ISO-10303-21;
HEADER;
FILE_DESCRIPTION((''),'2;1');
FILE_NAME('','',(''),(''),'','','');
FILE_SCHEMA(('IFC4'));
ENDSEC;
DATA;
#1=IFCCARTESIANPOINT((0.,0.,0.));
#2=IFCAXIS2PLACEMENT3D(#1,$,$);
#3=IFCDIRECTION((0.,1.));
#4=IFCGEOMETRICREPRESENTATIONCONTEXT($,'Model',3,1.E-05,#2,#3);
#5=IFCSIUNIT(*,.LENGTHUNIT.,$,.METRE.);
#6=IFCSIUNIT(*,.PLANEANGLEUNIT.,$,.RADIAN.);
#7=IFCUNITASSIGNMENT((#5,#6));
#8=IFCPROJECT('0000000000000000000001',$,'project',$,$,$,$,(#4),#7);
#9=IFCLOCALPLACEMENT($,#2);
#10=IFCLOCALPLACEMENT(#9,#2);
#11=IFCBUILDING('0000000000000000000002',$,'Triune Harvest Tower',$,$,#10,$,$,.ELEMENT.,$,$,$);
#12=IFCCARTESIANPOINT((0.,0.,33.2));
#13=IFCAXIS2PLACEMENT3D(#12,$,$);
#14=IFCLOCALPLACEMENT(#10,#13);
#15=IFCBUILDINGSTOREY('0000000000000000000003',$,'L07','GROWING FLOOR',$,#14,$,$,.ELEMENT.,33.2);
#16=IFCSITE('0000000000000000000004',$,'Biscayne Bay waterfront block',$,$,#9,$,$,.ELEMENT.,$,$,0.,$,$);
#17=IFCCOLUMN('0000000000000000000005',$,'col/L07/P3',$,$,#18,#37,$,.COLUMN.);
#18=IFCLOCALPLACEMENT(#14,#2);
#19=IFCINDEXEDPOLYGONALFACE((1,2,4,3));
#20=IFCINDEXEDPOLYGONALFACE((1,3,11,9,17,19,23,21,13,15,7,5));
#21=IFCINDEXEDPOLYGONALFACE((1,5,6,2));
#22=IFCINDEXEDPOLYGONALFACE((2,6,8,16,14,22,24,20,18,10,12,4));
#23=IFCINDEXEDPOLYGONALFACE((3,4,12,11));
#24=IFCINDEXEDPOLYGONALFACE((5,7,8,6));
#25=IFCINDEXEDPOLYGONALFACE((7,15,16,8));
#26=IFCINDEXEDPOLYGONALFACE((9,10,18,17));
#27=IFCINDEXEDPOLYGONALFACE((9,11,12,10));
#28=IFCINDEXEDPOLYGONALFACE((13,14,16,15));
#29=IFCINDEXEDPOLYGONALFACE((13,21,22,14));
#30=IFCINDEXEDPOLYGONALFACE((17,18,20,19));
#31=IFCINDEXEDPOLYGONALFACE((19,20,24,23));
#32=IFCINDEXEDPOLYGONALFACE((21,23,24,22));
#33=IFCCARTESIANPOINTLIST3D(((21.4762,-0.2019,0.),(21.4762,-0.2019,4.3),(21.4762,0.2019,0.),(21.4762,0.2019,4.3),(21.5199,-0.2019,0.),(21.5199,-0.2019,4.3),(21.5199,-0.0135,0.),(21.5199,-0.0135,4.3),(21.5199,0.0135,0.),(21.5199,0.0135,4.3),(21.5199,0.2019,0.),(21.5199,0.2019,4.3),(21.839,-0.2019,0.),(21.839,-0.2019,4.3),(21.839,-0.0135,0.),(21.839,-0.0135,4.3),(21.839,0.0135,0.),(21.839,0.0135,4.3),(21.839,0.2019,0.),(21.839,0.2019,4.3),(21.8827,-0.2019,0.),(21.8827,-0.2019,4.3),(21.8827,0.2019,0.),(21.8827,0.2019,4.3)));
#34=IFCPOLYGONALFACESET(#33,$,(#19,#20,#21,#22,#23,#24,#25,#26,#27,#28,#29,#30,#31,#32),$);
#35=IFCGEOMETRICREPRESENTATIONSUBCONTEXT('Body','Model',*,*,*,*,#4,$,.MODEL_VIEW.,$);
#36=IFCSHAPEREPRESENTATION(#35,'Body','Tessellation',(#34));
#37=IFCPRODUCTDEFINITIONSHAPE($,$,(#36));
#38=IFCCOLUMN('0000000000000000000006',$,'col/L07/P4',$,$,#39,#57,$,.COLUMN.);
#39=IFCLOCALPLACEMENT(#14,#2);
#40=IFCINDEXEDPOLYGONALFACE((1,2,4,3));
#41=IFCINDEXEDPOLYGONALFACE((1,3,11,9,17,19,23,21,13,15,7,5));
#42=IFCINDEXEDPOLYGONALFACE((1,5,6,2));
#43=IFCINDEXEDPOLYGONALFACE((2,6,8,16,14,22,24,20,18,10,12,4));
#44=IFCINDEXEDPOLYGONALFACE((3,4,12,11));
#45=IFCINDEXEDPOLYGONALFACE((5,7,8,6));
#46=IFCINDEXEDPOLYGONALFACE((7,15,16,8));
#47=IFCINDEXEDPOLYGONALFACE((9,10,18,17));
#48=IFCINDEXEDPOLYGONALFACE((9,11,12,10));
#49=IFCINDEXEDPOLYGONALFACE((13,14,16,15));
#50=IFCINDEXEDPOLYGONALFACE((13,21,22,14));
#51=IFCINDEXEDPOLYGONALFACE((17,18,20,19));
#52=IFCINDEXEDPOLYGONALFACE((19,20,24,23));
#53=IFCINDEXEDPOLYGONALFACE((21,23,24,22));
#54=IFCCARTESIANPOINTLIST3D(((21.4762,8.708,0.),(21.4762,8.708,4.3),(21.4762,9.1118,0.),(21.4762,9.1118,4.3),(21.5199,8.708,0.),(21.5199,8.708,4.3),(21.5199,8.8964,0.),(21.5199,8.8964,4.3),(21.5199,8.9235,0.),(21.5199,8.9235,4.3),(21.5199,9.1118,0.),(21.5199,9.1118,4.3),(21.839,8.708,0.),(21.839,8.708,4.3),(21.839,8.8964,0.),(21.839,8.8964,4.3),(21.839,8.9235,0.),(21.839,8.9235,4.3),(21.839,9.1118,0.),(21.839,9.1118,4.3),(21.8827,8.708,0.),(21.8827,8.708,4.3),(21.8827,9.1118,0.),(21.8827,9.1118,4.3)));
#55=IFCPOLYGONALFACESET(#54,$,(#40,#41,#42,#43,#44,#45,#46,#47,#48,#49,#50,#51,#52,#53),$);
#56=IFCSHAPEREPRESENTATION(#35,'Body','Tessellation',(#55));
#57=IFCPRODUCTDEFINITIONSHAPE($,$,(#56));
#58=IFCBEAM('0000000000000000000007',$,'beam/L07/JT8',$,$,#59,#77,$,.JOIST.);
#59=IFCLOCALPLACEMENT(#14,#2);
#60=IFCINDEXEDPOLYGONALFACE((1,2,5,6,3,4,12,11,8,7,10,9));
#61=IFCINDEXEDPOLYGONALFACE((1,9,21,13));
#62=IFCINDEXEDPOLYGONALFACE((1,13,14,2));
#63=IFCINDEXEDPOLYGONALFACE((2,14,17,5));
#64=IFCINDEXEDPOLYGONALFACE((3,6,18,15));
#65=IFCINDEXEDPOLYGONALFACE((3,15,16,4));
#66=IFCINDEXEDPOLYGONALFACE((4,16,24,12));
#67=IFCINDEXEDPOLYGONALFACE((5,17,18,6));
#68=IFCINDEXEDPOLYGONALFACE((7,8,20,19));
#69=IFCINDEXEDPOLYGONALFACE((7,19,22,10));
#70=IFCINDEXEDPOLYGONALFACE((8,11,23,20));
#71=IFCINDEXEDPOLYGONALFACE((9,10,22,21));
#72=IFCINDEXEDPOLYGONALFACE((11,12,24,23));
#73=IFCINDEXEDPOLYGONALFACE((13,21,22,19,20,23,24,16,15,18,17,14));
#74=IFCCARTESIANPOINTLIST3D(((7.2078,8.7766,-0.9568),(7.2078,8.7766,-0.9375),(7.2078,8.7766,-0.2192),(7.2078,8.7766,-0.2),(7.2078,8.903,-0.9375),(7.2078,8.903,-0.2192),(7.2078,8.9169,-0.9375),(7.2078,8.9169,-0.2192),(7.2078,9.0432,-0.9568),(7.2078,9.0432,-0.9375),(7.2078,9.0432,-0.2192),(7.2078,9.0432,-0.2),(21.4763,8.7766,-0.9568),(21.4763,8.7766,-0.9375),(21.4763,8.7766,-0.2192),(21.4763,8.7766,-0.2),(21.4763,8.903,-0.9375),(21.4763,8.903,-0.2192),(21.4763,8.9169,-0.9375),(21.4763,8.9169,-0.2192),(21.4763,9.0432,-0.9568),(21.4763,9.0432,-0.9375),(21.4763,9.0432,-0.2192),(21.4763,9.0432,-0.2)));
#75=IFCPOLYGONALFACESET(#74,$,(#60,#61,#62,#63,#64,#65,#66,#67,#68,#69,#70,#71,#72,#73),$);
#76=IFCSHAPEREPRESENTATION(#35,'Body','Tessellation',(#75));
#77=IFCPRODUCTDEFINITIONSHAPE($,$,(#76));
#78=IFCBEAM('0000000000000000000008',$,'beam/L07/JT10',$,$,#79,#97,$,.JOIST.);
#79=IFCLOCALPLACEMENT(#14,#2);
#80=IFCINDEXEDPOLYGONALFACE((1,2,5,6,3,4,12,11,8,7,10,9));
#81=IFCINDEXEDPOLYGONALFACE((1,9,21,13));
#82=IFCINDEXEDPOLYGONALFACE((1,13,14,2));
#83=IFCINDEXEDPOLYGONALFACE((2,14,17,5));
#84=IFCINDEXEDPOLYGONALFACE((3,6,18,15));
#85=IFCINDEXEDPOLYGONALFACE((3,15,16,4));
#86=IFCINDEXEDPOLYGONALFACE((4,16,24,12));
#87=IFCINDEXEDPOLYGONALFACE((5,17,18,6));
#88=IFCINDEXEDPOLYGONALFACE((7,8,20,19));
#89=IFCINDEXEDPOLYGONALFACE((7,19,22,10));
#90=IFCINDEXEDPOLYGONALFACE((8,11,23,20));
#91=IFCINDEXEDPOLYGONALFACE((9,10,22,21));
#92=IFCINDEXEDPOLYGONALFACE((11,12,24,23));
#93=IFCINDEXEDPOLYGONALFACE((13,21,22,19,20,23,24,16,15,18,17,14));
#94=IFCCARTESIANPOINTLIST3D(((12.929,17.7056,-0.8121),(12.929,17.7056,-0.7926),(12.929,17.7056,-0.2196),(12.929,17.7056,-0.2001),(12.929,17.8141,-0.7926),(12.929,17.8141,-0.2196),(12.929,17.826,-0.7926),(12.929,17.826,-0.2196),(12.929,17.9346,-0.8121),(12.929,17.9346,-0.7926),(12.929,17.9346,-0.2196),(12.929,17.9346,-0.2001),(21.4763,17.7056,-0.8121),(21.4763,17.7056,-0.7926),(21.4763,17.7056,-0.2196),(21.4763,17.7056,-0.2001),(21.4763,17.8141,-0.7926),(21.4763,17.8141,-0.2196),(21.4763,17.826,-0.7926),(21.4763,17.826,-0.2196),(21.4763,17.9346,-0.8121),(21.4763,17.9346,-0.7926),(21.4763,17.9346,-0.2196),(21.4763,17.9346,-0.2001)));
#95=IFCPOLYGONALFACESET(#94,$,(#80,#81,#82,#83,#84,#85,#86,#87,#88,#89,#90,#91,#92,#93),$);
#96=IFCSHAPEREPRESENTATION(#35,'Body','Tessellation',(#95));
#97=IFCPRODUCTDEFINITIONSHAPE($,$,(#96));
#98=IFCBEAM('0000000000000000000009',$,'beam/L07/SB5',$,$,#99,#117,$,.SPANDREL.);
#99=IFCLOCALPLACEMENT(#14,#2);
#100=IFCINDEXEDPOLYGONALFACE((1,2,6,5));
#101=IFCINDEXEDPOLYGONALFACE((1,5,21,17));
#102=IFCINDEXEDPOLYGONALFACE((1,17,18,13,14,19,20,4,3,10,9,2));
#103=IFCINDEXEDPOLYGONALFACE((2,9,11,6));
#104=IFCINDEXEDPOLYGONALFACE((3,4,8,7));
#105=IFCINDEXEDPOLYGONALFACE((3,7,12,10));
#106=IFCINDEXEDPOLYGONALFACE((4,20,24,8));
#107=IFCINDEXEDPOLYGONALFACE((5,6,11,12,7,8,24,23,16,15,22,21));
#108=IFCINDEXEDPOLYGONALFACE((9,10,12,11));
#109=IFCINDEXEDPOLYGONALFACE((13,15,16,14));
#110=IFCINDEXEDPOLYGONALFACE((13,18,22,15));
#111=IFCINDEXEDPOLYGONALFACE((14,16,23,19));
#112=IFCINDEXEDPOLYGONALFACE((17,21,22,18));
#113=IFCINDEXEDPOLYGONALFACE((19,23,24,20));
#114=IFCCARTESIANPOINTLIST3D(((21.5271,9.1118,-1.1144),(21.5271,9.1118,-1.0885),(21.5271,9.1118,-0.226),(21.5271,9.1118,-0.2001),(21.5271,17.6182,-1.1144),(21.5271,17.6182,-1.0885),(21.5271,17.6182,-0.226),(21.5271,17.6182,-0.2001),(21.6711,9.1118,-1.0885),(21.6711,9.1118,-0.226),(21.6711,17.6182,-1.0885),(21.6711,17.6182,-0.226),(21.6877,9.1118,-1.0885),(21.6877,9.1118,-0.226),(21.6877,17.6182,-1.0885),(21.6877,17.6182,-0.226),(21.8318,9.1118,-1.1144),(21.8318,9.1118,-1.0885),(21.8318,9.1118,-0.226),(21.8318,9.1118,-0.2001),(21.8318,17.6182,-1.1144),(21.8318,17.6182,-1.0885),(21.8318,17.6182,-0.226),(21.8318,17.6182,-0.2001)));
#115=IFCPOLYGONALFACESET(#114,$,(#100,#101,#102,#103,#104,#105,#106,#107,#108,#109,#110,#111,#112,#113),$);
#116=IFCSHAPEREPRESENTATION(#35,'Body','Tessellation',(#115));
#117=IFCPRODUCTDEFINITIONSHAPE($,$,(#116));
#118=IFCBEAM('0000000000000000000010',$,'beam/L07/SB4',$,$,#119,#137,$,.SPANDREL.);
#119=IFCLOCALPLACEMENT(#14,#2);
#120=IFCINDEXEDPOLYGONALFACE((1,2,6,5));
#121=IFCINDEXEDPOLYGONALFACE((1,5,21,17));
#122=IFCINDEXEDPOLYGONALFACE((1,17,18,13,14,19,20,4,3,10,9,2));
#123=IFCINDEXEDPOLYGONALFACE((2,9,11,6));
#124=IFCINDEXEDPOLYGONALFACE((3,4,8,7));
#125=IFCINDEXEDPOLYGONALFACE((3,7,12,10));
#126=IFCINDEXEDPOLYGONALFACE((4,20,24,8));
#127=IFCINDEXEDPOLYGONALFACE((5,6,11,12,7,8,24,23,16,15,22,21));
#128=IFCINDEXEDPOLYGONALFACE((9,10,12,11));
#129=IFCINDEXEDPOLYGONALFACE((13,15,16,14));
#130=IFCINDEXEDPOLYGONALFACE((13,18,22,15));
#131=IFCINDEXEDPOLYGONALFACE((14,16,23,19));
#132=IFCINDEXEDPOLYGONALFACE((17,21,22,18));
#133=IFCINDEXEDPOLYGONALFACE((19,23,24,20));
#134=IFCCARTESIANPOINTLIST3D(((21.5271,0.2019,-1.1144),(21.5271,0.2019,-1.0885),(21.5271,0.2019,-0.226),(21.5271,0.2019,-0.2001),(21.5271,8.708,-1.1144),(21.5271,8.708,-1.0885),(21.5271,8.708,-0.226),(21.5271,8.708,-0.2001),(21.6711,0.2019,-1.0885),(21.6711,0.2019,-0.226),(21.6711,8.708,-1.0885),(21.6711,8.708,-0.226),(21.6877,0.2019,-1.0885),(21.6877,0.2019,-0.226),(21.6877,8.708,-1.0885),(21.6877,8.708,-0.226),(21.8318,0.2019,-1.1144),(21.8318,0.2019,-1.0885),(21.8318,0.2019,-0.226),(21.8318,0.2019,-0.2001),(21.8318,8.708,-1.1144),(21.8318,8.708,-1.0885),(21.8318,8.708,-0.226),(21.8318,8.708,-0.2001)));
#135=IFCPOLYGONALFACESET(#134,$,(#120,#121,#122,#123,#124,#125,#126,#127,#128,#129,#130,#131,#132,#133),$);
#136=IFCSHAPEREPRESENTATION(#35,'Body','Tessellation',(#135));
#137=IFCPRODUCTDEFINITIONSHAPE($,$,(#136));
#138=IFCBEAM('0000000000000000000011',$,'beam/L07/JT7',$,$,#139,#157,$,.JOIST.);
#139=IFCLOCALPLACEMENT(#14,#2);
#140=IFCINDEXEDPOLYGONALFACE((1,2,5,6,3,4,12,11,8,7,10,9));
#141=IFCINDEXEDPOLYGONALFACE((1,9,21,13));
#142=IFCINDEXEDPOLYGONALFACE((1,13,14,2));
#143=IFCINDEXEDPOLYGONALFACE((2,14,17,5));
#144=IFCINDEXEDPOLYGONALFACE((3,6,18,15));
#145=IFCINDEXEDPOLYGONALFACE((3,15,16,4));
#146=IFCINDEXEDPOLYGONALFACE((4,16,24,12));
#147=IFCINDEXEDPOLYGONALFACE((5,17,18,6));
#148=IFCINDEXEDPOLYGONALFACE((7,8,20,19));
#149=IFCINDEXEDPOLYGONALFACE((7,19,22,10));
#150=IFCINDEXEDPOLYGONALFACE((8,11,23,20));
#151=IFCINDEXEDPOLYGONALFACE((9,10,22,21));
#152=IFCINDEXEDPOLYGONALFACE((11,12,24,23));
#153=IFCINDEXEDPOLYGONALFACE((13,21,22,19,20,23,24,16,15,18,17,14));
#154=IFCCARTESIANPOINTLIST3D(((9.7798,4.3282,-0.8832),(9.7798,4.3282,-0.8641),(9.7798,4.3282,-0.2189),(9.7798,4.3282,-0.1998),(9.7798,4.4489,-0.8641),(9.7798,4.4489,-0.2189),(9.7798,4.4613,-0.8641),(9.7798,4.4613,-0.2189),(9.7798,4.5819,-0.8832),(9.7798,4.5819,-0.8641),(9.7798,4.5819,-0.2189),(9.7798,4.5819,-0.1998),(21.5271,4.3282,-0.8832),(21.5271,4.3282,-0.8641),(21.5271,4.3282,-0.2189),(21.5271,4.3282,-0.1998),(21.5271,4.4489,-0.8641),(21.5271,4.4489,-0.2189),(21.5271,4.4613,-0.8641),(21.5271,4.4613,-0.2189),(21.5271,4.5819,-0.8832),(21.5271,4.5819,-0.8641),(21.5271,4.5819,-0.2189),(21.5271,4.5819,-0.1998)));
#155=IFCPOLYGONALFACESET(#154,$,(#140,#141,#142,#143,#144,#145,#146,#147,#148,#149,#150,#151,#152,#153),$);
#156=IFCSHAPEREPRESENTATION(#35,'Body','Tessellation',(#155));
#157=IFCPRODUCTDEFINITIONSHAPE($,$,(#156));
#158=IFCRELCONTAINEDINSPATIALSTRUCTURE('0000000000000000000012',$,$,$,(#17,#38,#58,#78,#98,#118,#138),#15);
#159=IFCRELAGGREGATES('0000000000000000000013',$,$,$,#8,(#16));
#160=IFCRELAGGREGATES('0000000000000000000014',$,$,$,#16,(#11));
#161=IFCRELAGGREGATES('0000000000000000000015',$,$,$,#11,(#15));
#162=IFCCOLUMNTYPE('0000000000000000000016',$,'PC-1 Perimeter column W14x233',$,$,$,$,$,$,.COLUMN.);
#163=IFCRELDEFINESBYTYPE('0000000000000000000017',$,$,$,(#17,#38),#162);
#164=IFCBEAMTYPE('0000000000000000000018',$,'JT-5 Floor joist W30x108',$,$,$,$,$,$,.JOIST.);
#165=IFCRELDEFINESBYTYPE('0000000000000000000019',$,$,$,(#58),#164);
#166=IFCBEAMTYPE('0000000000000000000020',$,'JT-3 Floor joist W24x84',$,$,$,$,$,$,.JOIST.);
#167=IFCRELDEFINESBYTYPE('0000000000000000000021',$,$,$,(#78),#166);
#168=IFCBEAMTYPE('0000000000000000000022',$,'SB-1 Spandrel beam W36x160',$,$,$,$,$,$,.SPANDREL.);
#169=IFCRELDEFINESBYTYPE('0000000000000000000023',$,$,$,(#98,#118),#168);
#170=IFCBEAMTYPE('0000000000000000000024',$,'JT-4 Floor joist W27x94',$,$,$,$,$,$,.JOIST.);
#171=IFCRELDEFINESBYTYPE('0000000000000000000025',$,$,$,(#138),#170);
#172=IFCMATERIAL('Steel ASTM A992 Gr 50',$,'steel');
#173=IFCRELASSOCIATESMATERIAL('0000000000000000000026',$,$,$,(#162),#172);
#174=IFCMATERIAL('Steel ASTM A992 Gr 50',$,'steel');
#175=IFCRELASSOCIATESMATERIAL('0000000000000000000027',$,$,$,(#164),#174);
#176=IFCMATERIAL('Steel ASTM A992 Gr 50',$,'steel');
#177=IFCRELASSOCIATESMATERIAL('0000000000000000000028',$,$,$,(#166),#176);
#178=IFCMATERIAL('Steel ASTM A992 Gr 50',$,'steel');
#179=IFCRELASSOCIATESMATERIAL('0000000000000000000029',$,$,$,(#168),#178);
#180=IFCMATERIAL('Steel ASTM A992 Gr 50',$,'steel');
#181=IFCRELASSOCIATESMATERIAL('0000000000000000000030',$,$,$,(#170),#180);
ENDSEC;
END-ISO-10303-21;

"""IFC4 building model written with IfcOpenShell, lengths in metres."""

from ifc_helpers import new_model, si_unit, direction, frame, origin, origin_2d, place, context, subcontext, project, spatial, i_section, extrude, source, transform, mapped, material, material_profile, profile_set, type_object, element, save


model = new_model("IFC4")

# Units and contexts
model_context = context("Model", 3, precision=1e-05, world=origin(), true_north=direction((0.0, 1.0)))
body_context = subcontext(model_context, "Body", "Model", "MODEL_VIEW")
ifc_project = project(units=[si_unit("LENGTHUNIT", "METRE"), si_unit("PLANEANGLEUNIT", "RADIAN")], contexts=[model_context])

# Site, building, storey
site_placement = place(None, origin())
site = spatial("IfcSite", under=ifc_project, at=site_placement, Name="Biscayne Bay waterfront block", CompositionType="ELEMENT", RefElevation=0.0)
building_placement = place(site_placement, origin())
building = spatial("IfcBuilding", under=site, at=building_placement, Name="Triune Harvest Tower", CompositionType="ELEMENT")
storey_placement = place(building_placement, frame((0.0, 0.0, 33.2)))
storey = spatial("IfcBuildingStorey", under=building, at=storey_placement, Name="L07", Description="GROWING FLOOR", CompositionType="ELEMENT", Elevation=33.2)

# Columns
ifc_material_1 = material(Name="Steel ASTM A992 Gr 50", Category="steel")
ifc_material_profile_1 = material_profile(ifc_material_1, i_section(OverallWidth=0.4038, OverallDepth=0.4065, WebThickness=0.0271, FlangeThickness=0.0437, at=origin_2d()), Name="W14x233")
ifc_profile_set_1 = profile_set([ifc_material_profile_1], Name="Steel ASTM A992 Gr 50")
column_type = type_object("IfcColumnType", Name="PC-1 Perimeter column W14x233", PredefinedType="COLUMN", material=ifc_profile_set_1)
shared_shape_1 = source(origin(), body_context, "Body", "SweptSolid", [
    extrude(i_section(OverallWidth=0.4038, OverallDepth=0.4065, WebThickness=0.0271, FlangeThickness=0.0437, at=origin_2d()), origin(), (0.0, 0.0, 1.0), 4.3),
])
for number, where, z_axis, x_axis, name in (
    (1, (21.6794, 0.0, 0.0), (0.0, 0.0, 1.0), (0.0, 1.0, 0.0), "col/L07/P3"),
    (2, (21.6794, 8.9099, 0.0), (0.0, 0.0, 1.0), (0.0, 1.0, 0.0), "col/L07/P4"),
):
    element("IfcColumn", number, at=place(storey_placement, frame(where, z_axis=z_axis, x_axis=x_axis)), inside=storey, type_object=column_type, Name=name, PredefinedType="COLUMN", context=body_context, shape_type="MappedRepresentation", body=[
        mapped(shared_shape_1, transform((0.0, 0.0, 0.0), scale=1.0)),
    ])

# Beams
ifc_material_2 = material(Name="Steel ASTM A992 Gr 50", Category="steel")
ifc_material_profile_2 = material_profile(ifc_material_2, i_section(OverallWidth=0.2666, OverallDepth=0.7568, WebThickness=0.0139, FlangeThickness=0.0193, at=origin_2d()), Name="W30x108")
ifc_profile_set_2 = profile_set([ifc_material_profile_2], Name="Steel ASTM A992 Gr 50")
beam_type_1 = type_object("IfcBeamType", Name="JT-5 Floor joist W30x108", PredefinedType="JOIST", material=ifc_profile_set_2)
shared_shape_2 = source(origin(), body_context, "Body", "SweptSolid", [
    extrude(i_section(OverallWidth=0.2666, OverallDepth=0.7568, WebThickness=0.0139, FlangeThickness=0.0193, at=origin_2d()), origin(), (0.0, 0.0, 1.0), 14.2686),
])
beam_1_placement = place(storey_placement, frame((21.4763, 8.9099, -0.5784), z_axis=(-1.0, 0.0, 0.0), x_axis=(0.0, -1.0, 0.0)))
element("IfcBeam", 3, at=beam_1_placement, inside=storey, type_object=beam_type_1, Name="beam/L07/JT8", PredefinedType="JOIST", context=body_context, shape_type="MappedRepresentation", body=[
    mapped(shared_shape_2, transform((0.0, 0.0, 0.0), scale=1.0)),
])
ifc_material_3 = material(Name="Steel ASTM A992 Gr 50", Category="steel")
ifc_material_profile_3 = material_profile(ifc_material_3, i_section(OverallWidth=0.229, OverallDepth=0.6121, WebThickness=0.012, FlangeThickness=0.0195, at=origin_2d()), Name="W24x84")
ifc_profile_set_3 = profile_set([ifc_material_profile_3], Name="Steel ASTM A992 Gr 50")
beam_type_2 = type_object("IfcBeamType", Name="JT-3 Floor joist W24x84", PredefinedType="JOIST", material=ifc_profile_set_3)
shared_shape_3 = source(origin(), body_context, "Body", "SweptSolid", [
    extrude(i_section(OverallWidth=0.229, OverallDepth=0.6121, WebThickness=0.012, FlangeThickness=0.0195, at=origin_2d()), origin(), (0.0, 0.0, 1.0), 8.5474),
])
beam_2_placement = place(storey_placement, frame((21.4763, 17.8201, -0.5061), z_axis=(-1.0, 0.0, 0.0), x_axis=(0.0, -1.0, 0.0)))
element("IfcBeam", 4, at=beam_2_placement, inside=storey, type_object=beam_type_2, Name="beam/L07/JT10", PredefinedType="JOIST", context=body_context, shape_type="MappedRepresentation", body=[
    mapped(shared_shape_3, transform((0.0, 0.0, 0.0), scale=1.0)),
])
ifc_material_4 = material(Name="Steel ASTM A992 Gr 50", Category="steel")
ifc_material_profile_4 = material_profile(ifc_material_4, i_section(OverallWidth=0.3047, OverallDepth=0.9143, WebThickness=0.0166, FlangeThickness=0.0259, at=origin_2d()), Name="W36x160")
ifc_profile_set_4 = profile_set([ifc_material_profile_4], Name="Steel ASTM A992 Gr 50")
beam_type_3 = type_object("IfcBeamType", Name="SB-1 Spandrel beam W36x160", PredefinedType="SPANDREL", material=ifc_profile_set_4)
shared_shape_4 = source(origin(), body_context, "Body", "SweptSolid", [
    extrude(i_section(OverallWidth=0.3047, OverallDepth=0.9143, WebThickness=0.0166, FlangeThickness=0.0259, at=origin_2d()), origin(), (0.0, 0.0, 1.0), 8.5063),
])
beam_3_placement = place(storey_placement, frame((21.6794, 9.1118, -0.6572), z_axis=(0.0, 1.0, 0.0), x_axis=(-1.0, 0.0, 0.0)))
element("IfcBeam", 5, at=beam_3_placement, inside=storey, type_object=beam_type_3, Name="beam/L07/SB5", PredefinedType="SPANDREL", context=body_context, shape_type="MappedRepresentation", body=[
    mapped(shared_shape_4, transform((0.0, 0.0, 0.0), scale=1.0)),
])
shared_shape_5 = source(origin(), body_context, "Body", "SweptSolid", [
    extrude(i_section(OverallWidth=0.3047, OverallDepth=0.9143, WebThickness=0.0166, FlangeThickness=0.0259, at=origin_2d()), origin(), (0.0, 0.0, 1.0), 8.5061),
])
beam_4_placement = place(storey_placement, frame((21.6794, 0.2019, -0.6572), z_axis=(0.0, 1.0, 0.0), x_axis=(-1.0, 0.0, 0.0)))
element("IfcBeam", 6, at=beam_4_placement, inside=storey, type_object=beam_type_3, Name="beam/L07/SB4", PredefinedType="SPANDREL", context=body_context, shape_type="MappedRepresentation", body=[
    mapped(shared_shape_5, transform((0.0, 0.0, 0.0), scale=1.0)),
])
ifc_material_5 = material(Name="Steel ASTM A992 Gr 50", Category="steel")
ifc_material_profile_5 = material_profile(ifc_material_5, i_section(OverallWidth=0.2537, OverallDepth=0.6833, WebThickness=0.0125, FlangeThickness=0.019, at=origin_2d()), Name="W27x94")
ifc_profile_set_5 = profile_set([ifc_material_profile_5], Name="Steel ASTM A992 Gr 50")
beam_type_4 = type_object("IfcBeamType", Name="JT-4 Floor joist W27x94", PredefinedType="JOIST", material=ifc_profile_set_5)
shared_shape_6 = source(origin(), body_context, "Body", "SweptSolid", [
    extrude(i_section(OverallWidth=0.2537, OverallDepth=0.6833, WebThickness=0.0125, FlangeThickness=0.019, at=origin_2d()), origin(), (0.0, 0.0, 1.0), 11.7473),
])
beam_5_placement = place(storey_placement, frame((21.5271, 4.4551, -0.5415), z_axis=(-1.0, 0.0, 0.0), x_axis=(0.0, -1.0, 0.0)))
element("IfcBeam", 7, at=beam_5_placement, inside=storey, type_object=beam_type_4, Name="beam/L07/JT7", PredefinedType="JOIST", context=body_context, shape_type="MappedRepresentation", body=[
    mapped(shared_shape_6, transform((0.0, 0.0, 0.0), scale=1.0)),
])

save(model, "model.ifc")
